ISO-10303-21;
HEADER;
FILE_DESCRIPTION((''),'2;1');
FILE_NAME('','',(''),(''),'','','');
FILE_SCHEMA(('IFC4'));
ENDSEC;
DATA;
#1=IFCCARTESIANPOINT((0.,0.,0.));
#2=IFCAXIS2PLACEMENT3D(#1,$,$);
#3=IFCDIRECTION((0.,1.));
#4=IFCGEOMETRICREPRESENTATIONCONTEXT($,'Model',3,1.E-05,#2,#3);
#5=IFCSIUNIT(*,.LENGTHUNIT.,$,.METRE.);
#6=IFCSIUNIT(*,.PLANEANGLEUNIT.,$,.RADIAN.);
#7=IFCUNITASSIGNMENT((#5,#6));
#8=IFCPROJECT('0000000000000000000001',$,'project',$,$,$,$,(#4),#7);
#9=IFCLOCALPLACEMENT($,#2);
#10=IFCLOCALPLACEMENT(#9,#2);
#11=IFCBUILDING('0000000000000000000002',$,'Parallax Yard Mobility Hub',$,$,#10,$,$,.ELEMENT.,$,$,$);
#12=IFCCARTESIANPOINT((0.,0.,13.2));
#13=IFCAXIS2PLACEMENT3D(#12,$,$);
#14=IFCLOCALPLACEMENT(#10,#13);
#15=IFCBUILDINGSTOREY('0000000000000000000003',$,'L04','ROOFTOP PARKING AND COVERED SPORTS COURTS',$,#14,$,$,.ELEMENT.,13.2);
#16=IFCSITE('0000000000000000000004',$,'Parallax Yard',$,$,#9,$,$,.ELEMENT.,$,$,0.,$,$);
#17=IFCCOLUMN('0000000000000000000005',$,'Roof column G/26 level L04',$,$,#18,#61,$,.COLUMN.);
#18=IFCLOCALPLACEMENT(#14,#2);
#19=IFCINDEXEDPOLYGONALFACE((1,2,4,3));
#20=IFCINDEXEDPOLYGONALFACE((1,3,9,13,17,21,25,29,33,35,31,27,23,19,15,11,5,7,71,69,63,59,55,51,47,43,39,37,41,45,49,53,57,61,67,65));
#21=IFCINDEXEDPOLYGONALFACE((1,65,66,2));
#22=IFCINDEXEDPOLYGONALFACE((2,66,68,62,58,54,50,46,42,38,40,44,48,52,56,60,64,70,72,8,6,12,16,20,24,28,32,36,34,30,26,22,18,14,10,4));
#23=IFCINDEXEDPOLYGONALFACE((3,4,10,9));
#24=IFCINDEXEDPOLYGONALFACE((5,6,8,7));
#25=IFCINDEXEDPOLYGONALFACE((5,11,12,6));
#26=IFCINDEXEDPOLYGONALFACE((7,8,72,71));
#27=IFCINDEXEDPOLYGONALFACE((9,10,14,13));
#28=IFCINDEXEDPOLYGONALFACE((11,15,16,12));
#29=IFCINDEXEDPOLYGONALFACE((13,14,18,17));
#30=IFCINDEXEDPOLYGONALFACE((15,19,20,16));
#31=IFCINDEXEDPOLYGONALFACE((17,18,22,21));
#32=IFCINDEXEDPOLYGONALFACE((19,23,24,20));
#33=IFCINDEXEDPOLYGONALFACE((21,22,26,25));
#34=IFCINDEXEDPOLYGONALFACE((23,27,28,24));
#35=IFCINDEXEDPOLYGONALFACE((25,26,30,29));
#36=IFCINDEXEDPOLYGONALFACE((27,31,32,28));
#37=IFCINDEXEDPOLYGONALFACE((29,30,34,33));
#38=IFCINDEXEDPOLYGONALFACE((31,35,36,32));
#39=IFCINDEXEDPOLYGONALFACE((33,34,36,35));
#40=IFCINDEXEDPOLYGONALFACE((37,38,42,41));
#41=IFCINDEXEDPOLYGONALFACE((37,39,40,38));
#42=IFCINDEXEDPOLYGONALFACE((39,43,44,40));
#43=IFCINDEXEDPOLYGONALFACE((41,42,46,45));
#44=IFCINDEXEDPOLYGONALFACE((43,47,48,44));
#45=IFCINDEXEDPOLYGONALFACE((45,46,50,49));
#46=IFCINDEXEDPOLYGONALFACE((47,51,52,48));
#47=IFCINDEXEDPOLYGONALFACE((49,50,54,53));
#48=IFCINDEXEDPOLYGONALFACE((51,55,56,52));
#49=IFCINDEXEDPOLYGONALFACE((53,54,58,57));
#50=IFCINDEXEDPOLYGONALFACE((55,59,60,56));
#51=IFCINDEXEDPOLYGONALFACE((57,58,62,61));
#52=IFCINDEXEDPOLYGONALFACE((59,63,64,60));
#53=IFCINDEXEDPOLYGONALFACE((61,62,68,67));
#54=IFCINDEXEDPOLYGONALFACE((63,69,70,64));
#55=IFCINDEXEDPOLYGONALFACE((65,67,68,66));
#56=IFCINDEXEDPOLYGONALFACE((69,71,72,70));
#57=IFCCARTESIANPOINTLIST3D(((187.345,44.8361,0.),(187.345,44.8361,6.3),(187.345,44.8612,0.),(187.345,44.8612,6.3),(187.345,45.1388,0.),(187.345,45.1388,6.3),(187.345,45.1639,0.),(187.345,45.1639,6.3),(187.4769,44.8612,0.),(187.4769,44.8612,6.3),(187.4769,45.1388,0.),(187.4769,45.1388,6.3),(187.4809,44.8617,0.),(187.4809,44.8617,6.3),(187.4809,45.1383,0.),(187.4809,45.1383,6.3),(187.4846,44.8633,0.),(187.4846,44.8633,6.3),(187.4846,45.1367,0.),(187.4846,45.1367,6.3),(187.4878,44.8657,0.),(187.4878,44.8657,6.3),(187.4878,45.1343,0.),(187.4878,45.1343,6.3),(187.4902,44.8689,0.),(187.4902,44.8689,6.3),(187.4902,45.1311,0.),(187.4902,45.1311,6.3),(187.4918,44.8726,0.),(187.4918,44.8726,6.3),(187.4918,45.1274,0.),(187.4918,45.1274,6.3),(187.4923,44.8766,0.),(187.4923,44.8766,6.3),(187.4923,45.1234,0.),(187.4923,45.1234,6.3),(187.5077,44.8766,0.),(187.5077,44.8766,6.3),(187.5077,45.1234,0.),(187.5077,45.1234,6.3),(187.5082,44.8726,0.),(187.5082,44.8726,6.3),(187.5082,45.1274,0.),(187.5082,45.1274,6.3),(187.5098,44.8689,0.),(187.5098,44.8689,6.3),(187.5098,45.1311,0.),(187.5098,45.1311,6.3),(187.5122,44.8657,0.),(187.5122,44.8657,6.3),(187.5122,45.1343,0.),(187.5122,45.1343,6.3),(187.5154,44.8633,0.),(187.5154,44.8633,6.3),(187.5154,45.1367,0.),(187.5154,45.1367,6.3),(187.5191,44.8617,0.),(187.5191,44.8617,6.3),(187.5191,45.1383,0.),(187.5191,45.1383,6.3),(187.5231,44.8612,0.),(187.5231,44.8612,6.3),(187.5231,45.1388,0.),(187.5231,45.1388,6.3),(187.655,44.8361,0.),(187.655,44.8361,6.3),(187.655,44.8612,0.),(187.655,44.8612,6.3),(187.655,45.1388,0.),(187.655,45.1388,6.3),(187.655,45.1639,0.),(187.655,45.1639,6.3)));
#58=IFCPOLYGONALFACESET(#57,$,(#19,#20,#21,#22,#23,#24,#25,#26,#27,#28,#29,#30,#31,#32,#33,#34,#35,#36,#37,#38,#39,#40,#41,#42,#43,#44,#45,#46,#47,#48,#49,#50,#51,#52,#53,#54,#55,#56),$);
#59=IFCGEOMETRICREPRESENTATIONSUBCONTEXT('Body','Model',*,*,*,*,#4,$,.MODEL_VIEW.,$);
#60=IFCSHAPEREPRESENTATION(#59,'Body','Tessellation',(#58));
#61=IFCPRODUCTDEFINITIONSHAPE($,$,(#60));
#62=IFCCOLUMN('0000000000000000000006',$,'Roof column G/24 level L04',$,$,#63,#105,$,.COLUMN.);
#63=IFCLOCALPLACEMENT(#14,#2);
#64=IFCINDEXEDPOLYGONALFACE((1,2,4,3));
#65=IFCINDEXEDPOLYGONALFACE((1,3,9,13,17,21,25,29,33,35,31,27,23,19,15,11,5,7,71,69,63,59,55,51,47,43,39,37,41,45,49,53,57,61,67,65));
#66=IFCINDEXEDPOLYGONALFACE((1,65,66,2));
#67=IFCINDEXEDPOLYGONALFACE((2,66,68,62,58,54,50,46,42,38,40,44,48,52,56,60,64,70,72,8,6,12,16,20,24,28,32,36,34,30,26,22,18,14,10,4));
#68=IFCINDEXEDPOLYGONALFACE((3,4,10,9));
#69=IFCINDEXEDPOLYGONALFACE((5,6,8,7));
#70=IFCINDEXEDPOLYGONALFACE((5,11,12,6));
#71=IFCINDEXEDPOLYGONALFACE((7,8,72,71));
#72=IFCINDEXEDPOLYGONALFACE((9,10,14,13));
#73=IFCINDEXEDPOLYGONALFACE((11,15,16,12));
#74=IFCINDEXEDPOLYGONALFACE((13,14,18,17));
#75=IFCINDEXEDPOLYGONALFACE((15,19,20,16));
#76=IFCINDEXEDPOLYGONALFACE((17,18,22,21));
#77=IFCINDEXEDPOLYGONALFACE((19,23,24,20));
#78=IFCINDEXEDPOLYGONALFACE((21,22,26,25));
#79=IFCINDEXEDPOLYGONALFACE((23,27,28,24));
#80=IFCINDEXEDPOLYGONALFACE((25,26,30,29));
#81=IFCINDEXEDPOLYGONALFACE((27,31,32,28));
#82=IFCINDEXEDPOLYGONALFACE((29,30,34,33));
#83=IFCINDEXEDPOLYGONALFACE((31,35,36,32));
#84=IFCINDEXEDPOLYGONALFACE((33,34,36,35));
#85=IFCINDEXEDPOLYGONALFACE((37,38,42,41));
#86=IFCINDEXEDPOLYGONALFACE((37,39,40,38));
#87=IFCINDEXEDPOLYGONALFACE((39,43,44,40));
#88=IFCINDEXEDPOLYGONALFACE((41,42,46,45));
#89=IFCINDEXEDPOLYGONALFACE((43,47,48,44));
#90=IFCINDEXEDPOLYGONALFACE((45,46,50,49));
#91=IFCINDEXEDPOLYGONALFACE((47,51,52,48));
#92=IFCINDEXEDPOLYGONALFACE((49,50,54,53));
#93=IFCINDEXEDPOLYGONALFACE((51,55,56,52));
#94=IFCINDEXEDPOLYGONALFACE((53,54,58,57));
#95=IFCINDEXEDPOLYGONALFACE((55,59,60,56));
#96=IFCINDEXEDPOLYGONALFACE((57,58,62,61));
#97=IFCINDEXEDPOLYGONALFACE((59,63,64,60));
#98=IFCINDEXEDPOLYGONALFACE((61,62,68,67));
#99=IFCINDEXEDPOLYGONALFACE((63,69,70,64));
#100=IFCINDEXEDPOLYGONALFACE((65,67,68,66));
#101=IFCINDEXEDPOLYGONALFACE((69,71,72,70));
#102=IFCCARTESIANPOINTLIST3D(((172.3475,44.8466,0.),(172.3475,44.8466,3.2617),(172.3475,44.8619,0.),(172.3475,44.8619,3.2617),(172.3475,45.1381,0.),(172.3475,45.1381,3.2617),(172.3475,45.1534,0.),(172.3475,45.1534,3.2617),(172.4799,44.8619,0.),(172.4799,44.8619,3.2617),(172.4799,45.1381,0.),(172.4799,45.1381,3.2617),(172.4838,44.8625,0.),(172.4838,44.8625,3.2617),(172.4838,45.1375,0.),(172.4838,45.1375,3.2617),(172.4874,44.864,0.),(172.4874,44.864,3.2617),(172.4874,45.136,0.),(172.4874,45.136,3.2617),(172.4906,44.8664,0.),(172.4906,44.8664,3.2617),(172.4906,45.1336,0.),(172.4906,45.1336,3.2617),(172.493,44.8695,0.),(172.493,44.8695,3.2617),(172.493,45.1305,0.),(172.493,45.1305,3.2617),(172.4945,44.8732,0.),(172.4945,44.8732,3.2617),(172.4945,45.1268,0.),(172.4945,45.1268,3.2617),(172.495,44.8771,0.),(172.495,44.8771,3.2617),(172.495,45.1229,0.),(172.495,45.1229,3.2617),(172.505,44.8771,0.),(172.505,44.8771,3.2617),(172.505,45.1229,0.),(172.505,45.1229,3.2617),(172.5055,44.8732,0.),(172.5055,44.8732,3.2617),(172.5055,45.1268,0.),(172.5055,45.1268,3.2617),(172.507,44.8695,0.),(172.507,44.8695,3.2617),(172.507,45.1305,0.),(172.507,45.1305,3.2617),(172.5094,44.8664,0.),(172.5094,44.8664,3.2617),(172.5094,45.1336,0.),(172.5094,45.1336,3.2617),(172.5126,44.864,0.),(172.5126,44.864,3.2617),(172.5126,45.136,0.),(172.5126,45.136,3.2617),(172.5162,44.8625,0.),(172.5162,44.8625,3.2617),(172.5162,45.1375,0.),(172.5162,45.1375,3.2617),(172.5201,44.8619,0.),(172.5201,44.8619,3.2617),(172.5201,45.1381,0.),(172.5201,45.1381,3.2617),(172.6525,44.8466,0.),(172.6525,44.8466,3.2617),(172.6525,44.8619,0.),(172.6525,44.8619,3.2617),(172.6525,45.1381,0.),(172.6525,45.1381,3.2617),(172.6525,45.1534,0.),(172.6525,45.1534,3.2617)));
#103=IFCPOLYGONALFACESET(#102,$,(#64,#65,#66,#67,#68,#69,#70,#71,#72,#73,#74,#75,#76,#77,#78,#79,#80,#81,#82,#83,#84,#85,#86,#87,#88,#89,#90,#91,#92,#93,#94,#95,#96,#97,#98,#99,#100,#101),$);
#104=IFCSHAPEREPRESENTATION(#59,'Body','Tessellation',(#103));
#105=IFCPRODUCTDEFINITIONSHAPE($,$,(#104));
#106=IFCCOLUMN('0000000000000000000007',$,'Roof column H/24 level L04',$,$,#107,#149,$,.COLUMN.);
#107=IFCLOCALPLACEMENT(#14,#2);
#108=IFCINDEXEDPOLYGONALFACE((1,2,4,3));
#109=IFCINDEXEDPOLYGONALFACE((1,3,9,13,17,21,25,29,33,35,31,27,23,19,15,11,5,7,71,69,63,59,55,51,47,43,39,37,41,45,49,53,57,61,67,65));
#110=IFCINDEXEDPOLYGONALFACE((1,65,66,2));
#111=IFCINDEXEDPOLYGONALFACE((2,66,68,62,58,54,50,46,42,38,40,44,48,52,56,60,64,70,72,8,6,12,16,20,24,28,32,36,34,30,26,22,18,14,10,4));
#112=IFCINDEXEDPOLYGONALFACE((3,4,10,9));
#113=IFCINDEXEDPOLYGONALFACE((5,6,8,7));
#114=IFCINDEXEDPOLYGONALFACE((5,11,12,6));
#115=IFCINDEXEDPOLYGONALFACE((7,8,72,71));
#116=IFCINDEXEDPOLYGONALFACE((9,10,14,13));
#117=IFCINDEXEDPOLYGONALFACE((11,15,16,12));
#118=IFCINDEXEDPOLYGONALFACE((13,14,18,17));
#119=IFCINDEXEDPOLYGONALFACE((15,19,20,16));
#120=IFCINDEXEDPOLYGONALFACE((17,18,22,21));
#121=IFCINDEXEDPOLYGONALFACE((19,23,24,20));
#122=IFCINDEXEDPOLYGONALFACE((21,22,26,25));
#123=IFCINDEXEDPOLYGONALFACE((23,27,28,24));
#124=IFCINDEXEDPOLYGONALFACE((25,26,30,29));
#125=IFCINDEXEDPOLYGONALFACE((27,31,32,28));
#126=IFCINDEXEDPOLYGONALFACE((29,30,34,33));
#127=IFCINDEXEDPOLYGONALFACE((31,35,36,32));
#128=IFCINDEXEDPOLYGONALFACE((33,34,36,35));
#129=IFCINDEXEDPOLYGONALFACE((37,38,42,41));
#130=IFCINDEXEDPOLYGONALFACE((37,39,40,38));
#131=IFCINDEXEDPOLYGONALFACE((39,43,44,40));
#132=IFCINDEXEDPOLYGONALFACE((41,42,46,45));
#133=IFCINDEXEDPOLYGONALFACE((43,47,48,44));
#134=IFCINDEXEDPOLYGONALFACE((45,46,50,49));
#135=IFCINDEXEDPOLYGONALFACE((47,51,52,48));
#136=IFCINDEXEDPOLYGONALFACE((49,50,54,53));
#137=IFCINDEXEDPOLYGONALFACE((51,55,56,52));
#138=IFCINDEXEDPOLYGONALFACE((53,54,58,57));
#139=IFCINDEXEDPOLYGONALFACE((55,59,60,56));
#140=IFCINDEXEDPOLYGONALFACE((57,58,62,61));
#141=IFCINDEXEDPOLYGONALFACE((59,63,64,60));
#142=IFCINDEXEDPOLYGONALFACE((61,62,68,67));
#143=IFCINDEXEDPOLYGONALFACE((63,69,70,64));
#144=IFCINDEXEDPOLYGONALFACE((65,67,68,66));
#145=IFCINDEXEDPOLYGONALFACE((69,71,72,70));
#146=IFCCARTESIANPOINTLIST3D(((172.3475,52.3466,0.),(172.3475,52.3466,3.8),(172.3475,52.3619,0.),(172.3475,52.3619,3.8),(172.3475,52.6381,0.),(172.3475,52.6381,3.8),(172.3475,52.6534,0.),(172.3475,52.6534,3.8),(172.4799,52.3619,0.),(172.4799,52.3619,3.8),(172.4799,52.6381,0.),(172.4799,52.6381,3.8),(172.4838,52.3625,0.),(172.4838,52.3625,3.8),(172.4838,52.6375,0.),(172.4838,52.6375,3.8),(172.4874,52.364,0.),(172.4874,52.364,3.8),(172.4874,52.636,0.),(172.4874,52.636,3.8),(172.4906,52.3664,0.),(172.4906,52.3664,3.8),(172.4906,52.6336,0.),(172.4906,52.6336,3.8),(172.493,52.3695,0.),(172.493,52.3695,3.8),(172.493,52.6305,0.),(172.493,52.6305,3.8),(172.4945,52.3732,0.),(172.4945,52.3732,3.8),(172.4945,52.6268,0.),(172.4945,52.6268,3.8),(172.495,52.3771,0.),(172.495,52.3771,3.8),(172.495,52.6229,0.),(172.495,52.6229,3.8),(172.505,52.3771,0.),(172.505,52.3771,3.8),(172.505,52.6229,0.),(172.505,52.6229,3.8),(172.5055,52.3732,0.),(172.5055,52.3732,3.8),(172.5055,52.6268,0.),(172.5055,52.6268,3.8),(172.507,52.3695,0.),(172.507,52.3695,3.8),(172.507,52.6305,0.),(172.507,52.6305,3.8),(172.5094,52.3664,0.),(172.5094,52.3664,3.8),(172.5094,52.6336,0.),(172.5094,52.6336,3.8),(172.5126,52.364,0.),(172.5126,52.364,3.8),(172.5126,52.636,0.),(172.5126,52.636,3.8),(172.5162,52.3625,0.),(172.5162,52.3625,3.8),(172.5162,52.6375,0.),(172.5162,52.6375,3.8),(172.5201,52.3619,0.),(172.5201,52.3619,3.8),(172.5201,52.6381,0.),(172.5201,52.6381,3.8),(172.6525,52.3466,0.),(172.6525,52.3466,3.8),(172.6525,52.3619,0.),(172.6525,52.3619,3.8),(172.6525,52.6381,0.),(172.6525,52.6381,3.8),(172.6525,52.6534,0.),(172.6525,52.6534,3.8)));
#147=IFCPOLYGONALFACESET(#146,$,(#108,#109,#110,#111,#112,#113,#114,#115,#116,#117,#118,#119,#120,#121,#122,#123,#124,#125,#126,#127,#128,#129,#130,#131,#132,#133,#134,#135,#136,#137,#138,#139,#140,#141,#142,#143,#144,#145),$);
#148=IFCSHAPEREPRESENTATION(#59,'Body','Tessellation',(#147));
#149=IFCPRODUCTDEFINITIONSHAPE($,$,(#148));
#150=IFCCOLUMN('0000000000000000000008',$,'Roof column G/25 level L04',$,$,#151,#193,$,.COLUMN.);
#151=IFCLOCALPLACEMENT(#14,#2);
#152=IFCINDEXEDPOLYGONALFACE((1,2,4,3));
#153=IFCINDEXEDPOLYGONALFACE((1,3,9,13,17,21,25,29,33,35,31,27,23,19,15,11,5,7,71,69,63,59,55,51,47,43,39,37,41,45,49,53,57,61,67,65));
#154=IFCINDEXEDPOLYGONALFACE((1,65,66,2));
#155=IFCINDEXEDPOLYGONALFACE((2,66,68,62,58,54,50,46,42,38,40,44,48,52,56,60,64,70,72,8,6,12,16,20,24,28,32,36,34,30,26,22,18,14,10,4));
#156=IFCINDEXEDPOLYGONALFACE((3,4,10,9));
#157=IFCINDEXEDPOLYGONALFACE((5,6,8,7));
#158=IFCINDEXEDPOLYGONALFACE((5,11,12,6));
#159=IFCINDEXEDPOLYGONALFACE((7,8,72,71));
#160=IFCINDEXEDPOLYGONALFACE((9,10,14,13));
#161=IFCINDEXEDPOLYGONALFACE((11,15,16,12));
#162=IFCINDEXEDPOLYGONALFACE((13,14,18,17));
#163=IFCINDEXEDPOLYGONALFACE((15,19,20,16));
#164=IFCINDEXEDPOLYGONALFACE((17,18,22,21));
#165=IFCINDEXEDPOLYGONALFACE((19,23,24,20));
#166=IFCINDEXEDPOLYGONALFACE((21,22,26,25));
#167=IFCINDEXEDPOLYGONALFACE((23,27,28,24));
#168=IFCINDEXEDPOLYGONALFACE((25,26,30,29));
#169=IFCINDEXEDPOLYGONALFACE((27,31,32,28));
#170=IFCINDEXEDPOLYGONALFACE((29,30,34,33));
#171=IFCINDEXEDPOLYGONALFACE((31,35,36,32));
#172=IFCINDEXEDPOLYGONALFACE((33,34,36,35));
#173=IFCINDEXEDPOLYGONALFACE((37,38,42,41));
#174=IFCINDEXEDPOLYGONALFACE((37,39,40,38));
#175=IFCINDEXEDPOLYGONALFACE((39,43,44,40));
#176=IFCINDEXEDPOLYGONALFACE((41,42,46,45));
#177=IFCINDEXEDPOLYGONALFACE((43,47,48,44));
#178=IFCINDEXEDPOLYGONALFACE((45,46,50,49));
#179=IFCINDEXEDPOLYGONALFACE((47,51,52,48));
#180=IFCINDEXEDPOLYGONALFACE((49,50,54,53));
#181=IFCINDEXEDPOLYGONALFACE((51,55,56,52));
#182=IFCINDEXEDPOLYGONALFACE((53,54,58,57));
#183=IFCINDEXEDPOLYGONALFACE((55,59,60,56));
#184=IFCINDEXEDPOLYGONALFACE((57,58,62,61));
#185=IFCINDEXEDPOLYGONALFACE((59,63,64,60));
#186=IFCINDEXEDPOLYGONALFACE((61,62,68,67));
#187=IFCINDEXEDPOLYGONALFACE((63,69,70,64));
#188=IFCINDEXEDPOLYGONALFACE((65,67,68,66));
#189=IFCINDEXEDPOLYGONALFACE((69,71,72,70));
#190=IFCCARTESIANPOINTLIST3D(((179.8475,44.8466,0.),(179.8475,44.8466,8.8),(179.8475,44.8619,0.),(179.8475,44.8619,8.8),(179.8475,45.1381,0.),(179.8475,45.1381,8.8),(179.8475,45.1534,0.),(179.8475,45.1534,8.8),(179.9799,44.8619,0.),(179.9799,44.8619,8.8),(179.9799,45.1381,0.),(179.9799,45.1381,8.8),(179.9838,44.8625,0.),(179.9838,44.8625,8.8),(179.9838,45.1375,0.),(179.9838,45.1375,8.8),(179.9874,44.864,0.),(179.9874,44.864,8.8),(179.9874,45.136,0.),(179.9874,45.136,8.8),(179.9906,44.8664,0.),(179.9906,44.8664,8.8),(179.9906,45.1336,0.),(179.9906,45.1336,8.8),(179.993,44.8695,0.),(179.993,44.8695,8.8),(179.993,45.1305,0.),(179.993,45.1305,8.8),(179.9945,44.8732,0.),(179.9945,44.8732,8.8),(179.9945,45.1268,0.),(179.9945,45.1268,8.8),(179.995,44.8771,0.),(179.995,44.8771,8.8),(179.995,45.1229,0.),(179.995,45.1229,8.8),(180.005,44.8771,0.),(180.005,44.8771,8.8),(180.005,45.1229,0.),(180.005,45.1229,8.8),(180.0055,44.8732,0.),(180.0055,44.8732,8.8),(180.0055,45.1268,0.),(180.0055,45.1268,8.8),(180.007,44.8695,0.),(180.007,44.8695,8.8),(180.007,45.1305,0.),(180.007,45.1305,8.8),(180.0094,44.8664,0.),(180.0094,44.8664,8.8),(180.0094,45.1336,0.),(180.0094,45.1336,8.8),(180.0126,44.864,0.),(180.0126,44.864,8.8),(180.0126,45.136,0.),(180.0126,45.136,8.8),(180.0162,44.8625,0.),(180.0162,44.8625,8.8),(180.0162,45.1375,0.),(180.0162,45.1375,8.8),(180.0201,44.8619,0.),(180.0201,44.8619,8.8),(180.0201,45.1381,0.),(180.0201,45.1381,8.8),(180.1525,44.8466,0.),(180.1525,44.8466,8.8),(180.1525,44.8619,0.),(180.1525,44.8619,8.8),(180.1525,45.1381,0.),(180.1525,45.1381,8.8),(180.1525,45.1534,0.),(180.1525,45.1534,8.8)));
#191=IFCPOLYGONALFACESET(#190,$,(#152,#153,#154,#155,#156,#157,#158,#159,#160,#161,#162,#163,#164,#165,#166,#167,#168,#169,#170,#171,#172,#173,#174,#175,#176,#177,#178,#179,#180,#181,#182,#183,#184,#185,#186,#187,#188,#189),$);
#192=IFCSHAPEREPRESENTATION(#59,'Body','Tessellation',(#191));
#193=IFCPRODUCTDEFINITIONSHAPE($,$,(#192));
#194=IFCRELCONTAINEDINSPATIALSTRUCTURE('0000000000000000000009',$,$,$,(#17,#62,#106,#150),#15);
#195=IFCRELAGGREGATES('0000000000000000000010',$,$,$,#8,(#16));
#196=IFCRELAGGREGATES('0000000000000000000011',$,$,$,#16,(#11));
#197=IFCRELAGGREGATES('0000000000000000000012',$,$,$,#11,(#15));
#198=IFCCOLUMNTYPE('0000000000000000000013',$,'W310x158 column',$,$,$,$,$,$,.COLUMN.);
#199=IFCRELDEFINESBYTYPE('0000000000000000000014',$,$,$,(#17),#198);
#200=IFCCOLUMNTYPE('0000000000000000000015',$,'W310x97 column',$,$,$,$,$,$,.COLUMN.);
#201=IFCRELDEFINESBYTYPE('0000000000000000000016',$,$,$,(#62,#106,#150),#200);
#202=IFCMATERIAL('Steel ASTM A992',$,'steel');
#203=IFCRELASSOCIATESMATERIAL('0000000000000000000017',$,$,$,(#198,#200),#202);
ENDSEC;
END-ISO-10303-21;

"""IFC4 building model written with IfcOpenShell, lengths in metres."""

from ifc_helpers import new_model, si_unit, direction, frame, origin, origin_2d, place, context, subcontext, project, spatial, i_section, extrude, material, material_profile, profile_set, type_object, element, save


model = new_model("IFC4")

# Units and contexts
model_context = context("Model", 3, precision=1e-05, world=origin(), true_north=direction((0.0, 1.0)))
body_context = subcontext(model_context, "Body", "Model", "MODEL_VIEW")
ifc_project = project(units=[si_unit("LENGTHUNIT", "METRE"), si_unit("PLANEANGLEUNIT", "RADIAN")], contexts=[model_context])

# Site, building, storey
site_placement = place(None, origin())
site = spatial("IfcSite", under=ifc_project, at=site_placement, Name="Parallax Yard", CompositionType="ELEMENT", RefElevation=0.0)
building_placement = place(site_placement, origin())
building = spatial("IfcBuilding", under=site, at=building_placement, Name="Parallax Yard Mobility Hub", CompositionType="ELEMENT")
storey_placement = place(building_placement, frame((0.0, 0.0, 13.2)))
storey = spatial("IfcBuildingStorey", under=building, at=storey_placement, Name="L04", Description="ROOFTOP PARKING AND COVERED SPORTS COURTS", CompositionType="ELEMENT", Elevation=13.2)

# Columns
ifc_material_1 = material(Name="Steel ASTM A992", Category="steel")
ifc_material_profile_1 = material_profile(ifc_material_1, i_section(OverallWidth=0.3101, OverallDepth=0.3279, WebThickness=0.0154, FlangeThickness=0.0251, FilletRadius=0.0154, at=origin_2d()), Name="W310x158")
ifc_profile_set_1 = profile_set([ifc_material_profile_1], Name="Steel ASTM A992")
column_type_1 = type_object("IfcColumnType", Name="W310x158 column", PredefinedType="COLUMN", material=ifc_profile_set_1)
column_1_placement = place(storey_placement, frame((187.5, 45.0, 0.0), z_axis=(0.0, 0.0, 1.0), x_axis=(1.0, 0.0, 0.0)))
element("IfcColumn", 1, at=column_1_placement, inside=storey, type_object=column_type_1, Name="Roof column G/26 level L04", PredefinedType="COLUMN", context=body_context, shape_type="SweptSolid", body=[
    extrude(i_section(OverallWidth=0.3101, OverallDepth=0.3279, WebThickness=0.0154, FlangeThickness=0.0251, FilletRadius=0.0154, at=origin_2d()), origin(), (0.0, 0.0, 1.0), 6.3),
])
ifc_material_profile_2 = material_profile(ifc_material_1, i_section(OverallWidth=0.3049, OverallDepth=0.3069, WebThickness=0.01, FlangeThickness=0.0154, FilletRadius=0.0151, at=origin_2d()), Name="W310x97")
ifc_profile_set_2 = profile_set([ifc_material_profile_2], Name="Steel ASTM A992")
column_type_2 = type_object("IfcColumnType", Name="W310x97 column", PredefinedType="COLUMN", material=ifc_profile_set_2)
column_2_placement = place(storey_placement, frame((172.5, 45.0, 0.0), z_axis=(0.0, 0.0, 1.0), x_axis=(1.0, 0.0, 0.0)))
element("IfcColumn", 2, at=column_2_placement, inside=storey, type_object=column_type_2, Name="Roof column G/24 level L04", PredefinedType="COLUMN", context=body_context, shape_type="SweptSolid", body=[
    extrude(i_section(OverallWidth=0.3049, OverallDepth=0.3069, WebThickness=0.01, FlangeThickness=0.0154, FilletRadius=0.0151, at=origin_2d()), origin(), (0.0, 0.0, 1.0), 3.2617),
])
column_3_placement = place(storey_placement, frame((172.5, 52.5, 0.0), z_axis=(0.0, 0.0, 1.0), x_axis=(1.0, 0.0, 0.0)))
element("IfcColumn", 3, at=column_3_placement, inside=storey, type_object=column_type_2, Name="Roof column H/24 level L04", PredefinedType="COLUMN", context=body_context, shape_type="SweptSolid", body=[
    extrude(i_section(OverallWidth=0.3049, OverallDepth=0.3069, WebThickness=0.01, FlangeThickness=0.0154, FilletRadius=0.0151, at=origin_2d()), origin(), (0.0, 0.0, 1.0), 3.8),
])
column_4_placement = place(storey_placement, frame((180.0, 45.0, 0.0), z_axis=(0.0, 0.0, 1.0), x_axis=(1.0, 0.0, 0.0)))
element("IfcColumn", 4, at=column_4_placement, inside=storey, type_object=column_type_2, Name="Roof column G/25 level L04", PredefinedType="COLUMN", context=body_context, shape_type="SweptSolid", body=[
    extrude(i_section(OverallWidth=0.3049, OverallDepth=0.3069, WebThickness=0.01, FlangeThickness=0.0154, FilletRadius=0.0151, at=origin_2d()), origin(), (0.0, 0.0, 1.0), 8.8),
])

save(model, "model.ifc")
